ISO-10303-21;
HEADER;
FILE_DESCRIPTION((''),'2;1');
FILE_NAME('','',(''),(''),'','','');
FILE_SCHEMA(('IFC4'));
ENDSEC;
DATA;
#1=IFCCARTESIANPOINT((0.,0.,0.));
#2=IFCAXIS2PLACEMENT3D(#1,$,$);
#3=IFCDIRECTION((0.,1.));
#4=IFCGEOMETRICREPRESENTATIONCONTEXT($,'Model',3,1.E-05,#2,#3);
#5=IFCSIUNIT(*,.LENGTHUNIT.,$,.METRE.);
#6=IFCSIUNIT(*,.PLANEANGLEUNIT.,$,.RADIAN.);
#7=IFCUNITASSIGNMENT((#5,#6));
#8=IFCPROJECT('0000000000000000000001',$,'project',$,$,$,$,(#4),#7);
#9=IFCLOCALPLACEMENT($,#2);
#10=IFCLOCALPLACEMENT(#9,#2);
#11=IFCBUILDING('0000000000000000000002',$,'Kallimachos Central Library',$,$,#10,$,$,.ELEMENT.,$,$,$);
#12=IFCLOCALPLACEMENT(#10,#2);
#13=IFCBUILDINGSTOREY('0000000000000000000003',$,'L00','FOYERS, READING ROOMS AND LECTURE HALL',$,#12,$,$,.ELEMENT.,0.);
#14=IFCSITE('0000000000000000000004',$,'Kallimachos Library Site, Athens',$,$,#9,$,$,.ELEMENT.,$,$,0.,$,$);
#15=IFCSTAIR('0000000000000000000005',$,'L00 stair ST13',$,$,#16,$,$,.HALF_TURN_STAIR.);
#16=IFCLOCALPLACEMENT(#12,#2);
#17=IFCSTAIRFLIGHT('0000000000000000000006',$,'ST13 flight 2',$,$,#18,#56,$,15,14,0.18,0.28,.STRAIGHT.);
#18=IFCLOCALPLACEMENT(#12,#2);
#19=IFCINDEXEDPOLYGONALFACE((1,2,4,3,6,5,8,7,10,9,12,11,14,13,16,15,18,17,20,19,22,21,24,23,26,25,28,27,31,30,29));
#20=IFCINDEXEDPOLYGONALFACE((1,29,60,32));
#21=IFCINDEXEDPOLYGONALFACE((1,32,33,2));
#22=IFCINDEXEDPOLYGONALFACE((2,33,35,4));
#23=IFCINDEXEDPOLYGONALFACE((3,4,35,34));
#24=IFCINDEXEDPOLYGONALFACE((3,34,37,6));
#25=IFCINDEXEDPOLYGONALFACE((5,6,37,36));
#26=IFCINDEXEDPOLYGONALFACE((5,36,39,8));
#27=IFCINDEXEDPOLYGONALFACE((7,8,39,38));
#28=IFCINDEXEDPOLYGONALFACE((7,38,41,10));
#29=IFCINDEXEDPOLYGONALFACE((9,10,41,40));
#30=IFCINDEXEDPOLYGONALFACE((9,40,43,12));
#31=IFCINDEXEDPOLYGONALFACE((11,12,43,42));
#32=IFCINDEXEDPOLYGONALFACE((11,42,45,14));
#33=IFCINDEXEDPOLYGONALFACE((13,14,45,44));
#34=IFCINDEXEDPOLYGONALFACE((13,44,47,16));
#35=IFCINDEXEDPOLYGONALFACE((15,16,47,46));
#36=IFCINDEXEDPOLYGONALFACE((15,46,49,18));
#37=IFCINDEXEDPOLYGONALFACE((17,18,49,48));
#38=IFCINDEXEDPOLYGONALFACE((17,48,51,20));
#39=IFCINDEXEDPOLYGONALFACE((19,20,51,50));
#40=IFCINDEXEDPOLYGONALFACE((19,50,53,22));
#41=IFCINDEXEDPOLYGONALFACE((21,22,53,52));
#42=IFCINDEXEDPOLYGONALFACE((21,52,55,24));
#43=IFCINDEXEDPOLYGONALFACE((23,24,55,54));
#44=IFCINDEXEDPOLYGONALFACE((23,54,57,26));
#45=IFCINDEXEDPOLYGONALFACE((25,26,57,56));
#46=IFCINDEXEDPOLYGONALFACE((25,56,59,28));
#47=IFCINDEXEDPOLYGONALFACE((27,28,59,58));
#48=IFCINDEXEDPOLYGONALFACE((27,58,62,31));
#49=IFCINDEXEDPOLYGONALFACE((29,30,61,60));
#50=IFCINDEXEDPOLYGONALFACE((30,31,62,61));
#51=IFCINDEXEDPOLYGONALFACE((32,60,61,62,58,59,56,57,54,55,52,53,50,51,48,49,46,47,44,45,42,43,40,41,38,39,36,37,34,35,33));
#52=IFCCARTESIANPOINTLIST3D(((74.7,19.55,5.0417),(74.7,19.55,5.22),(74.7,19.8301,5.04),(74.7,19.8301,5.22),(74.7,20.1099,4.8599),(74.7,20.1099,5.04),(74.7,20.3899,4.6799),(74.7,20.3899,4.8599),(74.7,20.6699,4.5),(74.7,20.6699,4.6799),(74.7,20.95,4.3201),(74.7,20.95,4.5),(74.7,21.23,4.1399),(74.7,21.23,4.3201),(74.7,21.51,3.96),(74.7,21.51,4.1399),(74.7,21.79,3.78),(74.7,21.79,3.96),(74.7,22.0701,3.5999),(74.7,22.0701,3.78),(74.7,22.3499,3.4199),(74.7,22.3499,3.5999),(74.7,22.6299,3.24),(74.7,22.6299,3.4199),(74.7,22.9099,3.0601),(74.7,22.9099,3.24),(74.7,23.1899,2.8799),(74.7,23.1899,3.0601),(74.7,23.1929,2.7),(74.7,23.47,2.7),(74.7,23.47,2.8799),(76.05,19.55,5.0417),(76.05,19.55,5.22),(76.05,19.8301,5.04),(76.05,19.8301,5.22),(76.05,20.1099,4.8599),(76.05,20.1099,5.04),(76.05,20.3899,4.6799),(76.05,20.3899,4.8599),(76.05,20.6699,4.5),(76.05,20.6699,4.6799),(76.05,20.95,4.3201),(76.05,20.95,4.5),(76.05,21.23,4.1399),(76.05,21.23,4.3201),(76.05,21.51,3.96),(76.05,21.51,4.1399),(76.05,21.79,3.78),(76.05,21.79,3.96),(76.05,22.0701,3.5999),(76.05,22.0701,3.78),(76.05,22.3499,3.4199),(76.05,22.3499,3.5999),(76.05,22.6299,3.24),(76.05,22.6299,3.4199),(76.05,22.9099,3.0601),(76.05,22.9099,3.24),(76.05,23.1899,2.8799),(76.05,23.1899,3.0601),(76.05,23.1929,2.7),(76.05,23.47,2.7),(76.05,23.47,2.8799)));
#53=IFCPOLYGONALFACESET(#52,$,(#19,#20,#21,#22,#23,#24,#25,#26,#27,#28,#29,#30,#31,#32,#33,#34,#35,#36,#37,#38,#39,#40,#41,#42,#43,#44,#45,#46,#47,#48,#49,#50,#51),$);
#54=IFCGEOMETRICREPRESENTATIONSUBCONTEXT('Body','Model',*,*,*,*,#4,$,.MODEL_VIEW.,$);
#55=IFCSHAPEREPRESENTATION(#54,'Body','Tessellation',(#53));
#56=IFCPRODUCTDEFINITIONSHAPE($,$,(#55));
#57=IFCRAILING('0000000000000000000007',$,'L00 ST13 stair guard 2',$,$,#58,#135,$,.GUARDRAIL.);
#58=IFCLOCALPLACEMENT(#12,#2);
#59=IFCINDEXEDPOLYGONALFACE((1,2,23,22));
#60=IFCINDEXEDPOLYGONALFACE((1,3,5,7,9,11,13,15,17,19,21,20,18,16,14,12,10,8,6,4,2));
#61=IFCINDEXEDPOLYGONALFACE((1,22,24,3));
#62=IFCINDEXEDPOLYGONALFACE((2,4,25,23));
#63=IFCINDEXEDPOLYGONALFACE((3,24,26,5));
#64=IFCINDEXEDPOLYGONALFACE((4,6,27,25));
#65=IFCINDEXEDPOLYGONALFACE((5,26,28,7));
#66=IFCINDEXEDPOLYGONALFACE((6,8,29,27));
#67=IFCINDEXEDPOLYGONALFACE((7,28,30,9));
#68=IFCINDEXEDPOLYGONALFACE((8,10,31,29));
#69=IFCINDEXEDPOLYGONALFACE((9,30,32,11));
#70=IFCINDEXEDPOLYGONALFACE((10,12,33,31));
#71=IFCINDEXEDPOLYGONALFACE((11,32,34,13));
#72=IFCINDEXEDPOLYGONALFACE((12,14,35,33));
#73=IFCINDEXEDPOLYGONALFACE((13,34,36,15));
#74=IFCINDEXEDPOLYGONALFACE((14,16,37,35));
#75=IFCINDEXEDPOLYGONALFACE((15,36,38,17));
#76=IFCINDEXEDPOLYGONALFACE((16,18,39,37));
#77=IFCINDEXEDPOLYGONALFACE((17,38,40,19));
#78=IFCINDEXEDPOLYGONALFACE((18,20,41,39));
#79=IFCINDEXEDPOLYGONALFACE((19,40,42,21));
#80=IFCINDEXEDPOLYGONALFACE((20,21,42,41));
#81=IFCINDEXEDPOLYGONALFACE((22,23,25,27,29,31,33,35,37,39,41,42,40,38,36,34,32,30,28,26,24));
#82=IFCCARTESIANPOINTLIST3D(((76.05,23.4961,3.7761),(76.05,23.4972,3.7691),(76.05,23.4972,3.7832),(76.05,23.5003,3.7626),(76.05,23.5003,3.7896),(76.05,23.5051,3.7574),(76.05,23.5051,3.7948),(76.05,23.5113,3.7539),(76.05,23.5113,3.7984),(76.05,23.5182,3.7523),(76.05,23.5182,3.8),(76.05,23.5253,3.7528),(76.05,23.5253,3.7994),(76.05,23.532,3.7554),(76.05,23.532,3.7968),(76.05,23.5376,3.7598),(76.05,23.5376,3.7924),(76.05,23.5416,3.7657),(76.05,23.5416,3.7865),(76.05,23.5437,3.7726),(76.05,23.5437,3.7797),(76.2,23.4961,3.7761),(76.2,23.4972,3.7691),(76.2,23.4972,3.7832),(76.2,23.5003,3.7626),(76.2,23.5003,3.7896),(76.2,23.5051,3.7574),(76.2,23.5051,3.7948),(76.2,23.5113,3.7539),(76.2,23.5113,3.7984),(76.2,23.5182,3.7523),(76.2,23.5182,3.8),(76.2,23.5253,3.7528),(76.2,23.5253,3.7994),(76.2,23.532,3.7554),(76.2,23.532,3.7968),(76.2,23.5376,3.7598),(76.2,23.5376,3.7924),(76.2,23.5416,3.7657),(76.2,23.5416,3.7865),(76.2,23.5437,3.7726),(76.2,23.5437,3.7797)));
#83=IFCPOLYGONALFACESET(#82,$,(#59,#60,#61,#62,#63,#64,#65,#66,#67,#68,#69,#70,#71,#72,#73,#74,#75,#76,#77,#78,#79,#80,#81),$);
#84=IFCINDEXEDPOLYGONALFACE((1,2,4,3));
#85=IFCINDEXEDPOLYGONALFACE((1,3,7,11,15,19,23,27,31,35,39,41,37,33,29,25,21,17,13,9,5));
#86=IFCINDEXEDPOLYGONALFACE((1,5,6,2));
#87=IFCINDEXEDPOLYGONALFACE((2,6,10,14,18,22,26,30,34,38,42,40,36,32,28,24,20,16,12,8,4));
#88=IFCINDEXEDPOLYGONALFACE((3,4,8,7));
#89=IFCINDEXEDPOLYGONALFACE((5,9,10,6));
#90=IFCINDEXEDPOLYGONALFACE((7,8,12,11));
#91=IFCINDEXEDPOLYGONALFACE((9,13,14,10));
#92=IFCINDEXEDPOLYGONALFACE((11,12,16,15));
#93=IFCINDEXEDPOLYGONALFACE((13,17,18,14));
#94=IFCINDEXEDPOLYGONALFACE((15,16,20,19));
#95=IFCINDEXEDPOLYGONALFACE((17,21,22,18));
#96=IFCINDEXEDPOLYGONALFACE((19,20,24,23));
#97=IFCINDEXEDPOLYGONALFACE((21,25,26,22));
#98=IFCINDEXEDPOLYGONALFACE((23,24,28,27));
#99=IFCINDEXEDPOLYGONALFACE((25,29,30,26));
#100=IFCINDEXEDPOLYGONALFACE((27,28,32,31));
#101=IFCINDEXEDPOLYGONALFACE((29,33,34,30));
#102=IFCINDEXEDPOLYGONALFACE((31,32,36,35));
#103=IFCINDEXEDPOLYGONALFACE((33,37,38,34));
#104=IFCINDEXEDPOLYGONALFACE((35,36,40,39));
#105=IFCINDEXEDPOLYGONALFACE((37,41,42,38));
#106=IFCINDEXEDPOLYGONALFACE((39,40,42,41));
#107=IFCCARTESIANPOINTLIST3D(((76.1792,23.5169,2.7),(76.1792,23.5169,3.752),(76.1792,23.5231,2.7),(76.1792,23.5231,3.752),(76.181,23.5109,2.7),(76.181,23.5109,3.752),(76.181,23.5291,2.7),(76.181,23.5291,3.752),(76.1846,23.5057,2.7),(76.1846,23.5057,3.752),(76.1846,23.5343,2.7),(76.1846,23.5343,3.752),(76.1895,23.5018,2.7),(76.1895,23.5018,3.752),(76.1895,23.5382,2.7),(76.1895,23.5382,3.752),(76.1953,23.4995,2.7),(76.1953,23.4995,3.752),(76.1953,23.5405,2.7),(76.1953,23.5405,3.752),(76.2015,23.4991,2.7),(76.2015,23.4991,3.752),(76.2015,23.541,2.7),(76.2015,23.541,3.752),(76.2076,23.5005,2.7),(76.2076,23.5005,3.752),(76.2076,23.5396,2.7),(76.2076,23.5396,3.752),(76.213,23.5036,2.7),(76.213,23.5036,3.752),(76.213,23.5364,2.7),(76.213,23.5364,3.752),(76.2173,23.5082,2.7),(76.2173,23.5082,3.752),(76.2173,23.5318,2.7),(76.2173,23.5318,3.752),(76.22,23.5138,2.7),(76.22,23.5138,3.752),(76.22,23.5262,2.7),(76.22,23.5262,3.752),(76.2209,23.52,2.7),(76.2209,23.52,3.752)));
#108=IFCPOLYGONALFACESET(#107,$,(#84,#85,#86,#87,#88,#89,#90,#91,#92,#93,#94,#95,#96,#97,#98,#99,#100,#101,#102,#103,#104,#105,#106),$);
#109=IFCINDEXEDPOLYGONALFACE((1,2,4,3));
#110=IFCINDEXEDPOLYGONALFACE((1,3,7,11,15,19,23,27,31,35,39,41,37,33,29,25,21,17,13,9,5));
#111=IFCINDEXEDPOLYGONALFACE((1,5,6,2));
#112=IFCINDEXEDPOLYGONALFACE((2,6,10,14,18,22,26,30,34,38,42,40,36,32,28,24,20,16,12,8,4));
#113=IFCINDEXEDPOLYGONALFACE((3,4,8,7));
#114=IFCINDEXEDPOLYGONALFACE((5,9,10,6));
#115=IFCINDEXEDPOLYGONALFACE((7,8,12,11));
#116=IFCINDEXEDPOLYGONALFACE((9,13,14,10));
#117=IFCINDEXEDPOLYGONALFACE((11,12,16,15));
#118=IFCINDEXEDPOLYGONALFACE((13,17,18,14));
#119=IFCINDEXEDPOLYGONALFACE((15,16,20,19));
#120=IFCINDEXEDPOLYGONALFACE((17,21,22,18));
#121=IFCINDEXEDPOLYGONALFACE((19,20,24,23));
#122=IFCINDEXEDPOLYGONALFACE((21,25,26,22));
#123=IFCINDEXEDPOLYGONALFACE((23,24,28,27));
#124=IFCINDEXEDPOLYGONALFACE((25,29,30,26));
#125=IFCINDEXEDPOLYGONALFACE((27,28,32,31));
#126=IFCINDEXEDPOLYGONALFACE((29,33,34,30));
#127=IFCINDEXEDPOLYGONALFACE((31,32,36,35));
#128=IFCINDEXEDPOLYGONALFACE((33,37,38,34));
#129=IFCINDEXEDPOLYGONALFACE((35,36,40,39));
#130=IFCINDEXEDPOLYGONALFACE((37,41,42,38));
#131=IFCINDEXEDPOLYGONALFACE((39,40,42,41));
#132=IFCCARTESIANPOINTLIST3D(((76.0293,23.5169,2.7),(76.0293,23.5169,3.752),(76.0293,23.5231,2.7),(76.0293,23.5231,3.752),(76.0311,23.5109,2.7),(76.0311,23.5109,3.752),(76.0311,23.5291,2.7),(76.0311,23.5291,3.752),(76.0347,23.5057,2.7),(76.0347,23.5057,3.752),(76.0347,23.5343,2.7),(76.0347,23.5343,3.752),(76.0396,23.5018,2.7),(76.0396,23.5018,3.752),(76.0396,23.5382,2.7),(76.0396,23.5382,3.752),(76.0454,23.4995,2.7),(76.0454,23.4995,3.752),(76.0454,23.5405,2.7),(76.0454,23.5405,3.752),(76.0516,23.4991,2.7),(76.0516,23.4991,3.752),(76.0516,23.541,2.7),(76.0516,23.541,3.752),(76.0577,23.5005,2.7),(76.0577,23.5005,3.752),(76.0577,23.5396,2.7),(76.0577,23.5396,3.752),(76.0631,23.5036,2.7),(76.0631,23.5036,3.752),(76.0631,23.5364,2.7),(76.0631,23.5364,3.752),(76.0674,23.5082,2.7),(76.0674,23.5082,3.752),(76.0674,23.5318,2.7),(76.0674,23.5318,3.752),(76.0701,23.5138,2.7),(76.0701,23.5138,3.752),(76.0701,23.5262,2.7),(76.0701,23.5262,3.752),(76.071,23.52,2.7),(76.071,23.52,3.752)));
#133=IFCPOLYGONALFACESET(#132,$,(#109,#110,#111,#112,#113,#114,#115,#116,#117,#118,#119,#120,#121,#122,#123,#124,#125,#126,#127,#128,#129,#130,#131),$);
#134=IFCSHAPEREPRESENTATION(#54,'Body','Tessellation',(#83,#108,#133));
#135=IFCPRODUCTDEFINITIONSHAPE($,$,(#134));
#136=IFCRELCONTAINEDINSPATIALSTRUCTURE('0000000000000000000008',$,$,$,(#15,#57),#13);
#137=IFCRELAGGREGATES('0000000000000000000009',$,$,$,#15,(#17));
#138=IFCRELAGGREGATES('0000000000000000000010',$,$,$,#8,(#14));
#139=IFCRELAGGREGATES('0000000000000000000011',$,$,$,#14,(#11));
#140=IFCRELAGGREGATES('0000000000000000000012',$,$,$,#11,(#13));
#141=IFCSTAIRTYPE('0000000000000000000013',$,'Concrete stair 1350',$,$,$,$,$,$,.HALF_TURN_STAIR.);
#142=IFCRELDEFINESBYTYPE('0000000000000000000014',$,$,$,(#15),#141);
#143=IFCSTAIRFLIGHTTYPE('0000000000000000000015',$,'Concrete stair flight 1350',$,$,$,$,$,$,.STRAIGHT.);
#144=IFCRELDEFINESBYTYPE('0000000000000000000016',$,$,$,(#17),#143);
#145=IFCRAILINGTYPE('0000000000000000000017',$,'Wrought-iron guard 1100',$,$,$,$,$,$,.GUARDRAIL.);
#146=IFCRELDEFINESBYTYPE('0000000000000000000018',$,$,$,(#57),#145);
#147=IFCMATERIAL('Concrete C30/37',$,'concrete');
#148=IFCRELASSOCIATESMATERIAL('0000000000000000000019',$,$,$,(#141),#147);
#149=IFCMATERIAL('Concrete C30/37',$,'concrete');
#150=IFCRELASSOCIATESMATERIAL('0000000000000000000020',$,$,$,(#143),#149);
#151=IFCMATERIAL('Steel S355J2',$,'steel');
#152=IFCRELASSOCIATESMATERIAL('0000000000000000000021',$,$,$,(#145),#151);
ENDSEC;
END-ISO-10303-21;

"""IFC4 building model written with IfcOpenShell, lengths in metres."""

from ifc_helpers import new_model, si_unit, direction, frame, origin, origin_2d, place, context, subcontext, project, spatial, polyline, circle, outline, extrude, material, type_object, element, aggregate, save


model = new_model("IFC4")

# Units and contexts
model_context = context("Model", 3, precision=1e-05, world=origin(), true_north=direction((0.0, 1.0)))
body_context = subcontext(model_context, "Body", "Model", "MODEL_VIEW")
ifc_project = project(units=[si_unit("LENGTHUNIT", "METRE"), si_unit("PLANEANGLEUNIT", "RADIAN")], contexts=[model_context])

# Site, building, storey
site_placement = place(None, origin())
site = spatial("IfcSite", under=ifc_project, at=site_placement, Name="Kallimachos Library Site, Athens", CompositionType="ELEMENT", RefElevation=0.0)
building_placement = place(site_placement, origin())
building = spatial("IfcBuilding", under=site, at=building_placement, Name="Kallimachos Central Library", CompositionType="ELEMENT")
storey_placement = place(building_placement, origin())
storey = spatial("IfcBuildingStorey", under=building, at=storey_placement, Name="L00", Description="FOYERS, READING ROOMS AND LECTURE HALL", CompositionType="ELEMENT", Elevation=0.0)

# Stair, stair flight
ifc_material_1 = material(Name="Concrete C30/37", Category="concrete")
stair_type = type_object("IfcStairType", Name="Concrete stair 1350", PredefinedType="HALF_TURN_STAIR", material=ifc_material_1)
stair_placement = place(storey_placement, origin())
stair = element("IfcStair", 1, at=stair_placement, inside=storey, type_object=stair_type, Name="L00 stair ST13", PredefinedType="HALF_TURN_STAIR")
ifc_material_2 = material(Name="Concrete C30/37", Category="concrete")
stair_flight_type = type_object("IfcStairFlightType", Name="Concrete stair flight 1350", PredefinedType="STRAIGHT", material=ifc_material_2)
stair_flight_placement = place(storey_placement, frame((75.375, 23.47, 2.7), z_axis=(0.0, 0.0, 1.0), x_axis=(0.0, -1.0, 0.0)))
stair_flight = element("IfcStairFlight", 2, at=stair_flight_placement, type_object=stair_flight_type, Name="ST13 flight 2", NumberOfRisers=15, NumberOfTreads=14, PredefinedType="STRAIGHT", RiserHeight=0.18, TreadLength=0.28, context=body_context, shape_type="SweptSolid", body=[
    extrude(outline(polyline([(0.0, 0.0), (0.0, 0.1799), (0.28, 0.1799), (0.28, 0.3601), (0.5601, 0.3601), (0.5601, 0.54), (0.8401, 0.54), (0.8401, 0.72), (1.1201, 0.72), (1.1201, 0.8999), (1.3999, 0.8999), (1.3999, 1.0801), (1.6799, 1.0801), (1.6799, 1.26), (1.96, 1.26), (1.96, 1.4399), (2.24, 1.4399), (2.24, 1.6201), (2.52, 1.6201), (2.52, 1.8), (2.8, 1.8), (2.8, 1.98), (3.0801, 1.98), (3.0801, 2.1599), (3.3601, 2.1599), (3.3601, 2.3401), (3.6399, 2.3401), (3.6399, 2.52), (3.9199, 2.52), (3.9199, 2.7), (3.9199, 2.3418), (0.2771, 0.0), (0.0, 0.0)])), frame((0.0, 0.675, 0.0), z_axis=(0.0, -1.0, 0.0), x_axis=(1.0, 0.0, 0.0)), (0.0, 0.0, 1.0), 1.3501),
])
aggregate(stair, [stair_flight])

# Railing
ifc_material_3 = material(Name="Steel S355J2", Category="steel")
railing_type = type_object("IfcRailingType", Name="Wrought-iron guard 1100", PredefinedType="GUARDRAIL", material=ifc_material_3)
railing_1_placement = place(storey_placement, frame((76.2, 23.52, 2.7)))
element("IfcRailing", 3, at=railing_1_placement, inside=storey, type_object=railing_type, Name="L00 ST13 stair guard 2", PredefinedType="GUARDRAIL", context=body_context, shape_type="SweptSolid", body=[
    extrude(circle(Radius=0.0239, at=origin_2d()), frame((0.0, 0.0, 1.0762), z_axis=(-1.0, 0.0, 0.0), x_axis=(0.0, -1.0, 0.0)), (0.0, 0.0, 1.0), 0.1499),
    extrude(circle(Radius=0.021, at=origin_2d()), origin(), (0.0, 0.0, 1.0), 1.052),
    extrude(circle(Radius=0.021, at=origin_2d()), frame((-0.1499, 0.0, 0.0)), (0.0, 0.0, 1.0), 1.052),
])

save(model, "model.ifc")
